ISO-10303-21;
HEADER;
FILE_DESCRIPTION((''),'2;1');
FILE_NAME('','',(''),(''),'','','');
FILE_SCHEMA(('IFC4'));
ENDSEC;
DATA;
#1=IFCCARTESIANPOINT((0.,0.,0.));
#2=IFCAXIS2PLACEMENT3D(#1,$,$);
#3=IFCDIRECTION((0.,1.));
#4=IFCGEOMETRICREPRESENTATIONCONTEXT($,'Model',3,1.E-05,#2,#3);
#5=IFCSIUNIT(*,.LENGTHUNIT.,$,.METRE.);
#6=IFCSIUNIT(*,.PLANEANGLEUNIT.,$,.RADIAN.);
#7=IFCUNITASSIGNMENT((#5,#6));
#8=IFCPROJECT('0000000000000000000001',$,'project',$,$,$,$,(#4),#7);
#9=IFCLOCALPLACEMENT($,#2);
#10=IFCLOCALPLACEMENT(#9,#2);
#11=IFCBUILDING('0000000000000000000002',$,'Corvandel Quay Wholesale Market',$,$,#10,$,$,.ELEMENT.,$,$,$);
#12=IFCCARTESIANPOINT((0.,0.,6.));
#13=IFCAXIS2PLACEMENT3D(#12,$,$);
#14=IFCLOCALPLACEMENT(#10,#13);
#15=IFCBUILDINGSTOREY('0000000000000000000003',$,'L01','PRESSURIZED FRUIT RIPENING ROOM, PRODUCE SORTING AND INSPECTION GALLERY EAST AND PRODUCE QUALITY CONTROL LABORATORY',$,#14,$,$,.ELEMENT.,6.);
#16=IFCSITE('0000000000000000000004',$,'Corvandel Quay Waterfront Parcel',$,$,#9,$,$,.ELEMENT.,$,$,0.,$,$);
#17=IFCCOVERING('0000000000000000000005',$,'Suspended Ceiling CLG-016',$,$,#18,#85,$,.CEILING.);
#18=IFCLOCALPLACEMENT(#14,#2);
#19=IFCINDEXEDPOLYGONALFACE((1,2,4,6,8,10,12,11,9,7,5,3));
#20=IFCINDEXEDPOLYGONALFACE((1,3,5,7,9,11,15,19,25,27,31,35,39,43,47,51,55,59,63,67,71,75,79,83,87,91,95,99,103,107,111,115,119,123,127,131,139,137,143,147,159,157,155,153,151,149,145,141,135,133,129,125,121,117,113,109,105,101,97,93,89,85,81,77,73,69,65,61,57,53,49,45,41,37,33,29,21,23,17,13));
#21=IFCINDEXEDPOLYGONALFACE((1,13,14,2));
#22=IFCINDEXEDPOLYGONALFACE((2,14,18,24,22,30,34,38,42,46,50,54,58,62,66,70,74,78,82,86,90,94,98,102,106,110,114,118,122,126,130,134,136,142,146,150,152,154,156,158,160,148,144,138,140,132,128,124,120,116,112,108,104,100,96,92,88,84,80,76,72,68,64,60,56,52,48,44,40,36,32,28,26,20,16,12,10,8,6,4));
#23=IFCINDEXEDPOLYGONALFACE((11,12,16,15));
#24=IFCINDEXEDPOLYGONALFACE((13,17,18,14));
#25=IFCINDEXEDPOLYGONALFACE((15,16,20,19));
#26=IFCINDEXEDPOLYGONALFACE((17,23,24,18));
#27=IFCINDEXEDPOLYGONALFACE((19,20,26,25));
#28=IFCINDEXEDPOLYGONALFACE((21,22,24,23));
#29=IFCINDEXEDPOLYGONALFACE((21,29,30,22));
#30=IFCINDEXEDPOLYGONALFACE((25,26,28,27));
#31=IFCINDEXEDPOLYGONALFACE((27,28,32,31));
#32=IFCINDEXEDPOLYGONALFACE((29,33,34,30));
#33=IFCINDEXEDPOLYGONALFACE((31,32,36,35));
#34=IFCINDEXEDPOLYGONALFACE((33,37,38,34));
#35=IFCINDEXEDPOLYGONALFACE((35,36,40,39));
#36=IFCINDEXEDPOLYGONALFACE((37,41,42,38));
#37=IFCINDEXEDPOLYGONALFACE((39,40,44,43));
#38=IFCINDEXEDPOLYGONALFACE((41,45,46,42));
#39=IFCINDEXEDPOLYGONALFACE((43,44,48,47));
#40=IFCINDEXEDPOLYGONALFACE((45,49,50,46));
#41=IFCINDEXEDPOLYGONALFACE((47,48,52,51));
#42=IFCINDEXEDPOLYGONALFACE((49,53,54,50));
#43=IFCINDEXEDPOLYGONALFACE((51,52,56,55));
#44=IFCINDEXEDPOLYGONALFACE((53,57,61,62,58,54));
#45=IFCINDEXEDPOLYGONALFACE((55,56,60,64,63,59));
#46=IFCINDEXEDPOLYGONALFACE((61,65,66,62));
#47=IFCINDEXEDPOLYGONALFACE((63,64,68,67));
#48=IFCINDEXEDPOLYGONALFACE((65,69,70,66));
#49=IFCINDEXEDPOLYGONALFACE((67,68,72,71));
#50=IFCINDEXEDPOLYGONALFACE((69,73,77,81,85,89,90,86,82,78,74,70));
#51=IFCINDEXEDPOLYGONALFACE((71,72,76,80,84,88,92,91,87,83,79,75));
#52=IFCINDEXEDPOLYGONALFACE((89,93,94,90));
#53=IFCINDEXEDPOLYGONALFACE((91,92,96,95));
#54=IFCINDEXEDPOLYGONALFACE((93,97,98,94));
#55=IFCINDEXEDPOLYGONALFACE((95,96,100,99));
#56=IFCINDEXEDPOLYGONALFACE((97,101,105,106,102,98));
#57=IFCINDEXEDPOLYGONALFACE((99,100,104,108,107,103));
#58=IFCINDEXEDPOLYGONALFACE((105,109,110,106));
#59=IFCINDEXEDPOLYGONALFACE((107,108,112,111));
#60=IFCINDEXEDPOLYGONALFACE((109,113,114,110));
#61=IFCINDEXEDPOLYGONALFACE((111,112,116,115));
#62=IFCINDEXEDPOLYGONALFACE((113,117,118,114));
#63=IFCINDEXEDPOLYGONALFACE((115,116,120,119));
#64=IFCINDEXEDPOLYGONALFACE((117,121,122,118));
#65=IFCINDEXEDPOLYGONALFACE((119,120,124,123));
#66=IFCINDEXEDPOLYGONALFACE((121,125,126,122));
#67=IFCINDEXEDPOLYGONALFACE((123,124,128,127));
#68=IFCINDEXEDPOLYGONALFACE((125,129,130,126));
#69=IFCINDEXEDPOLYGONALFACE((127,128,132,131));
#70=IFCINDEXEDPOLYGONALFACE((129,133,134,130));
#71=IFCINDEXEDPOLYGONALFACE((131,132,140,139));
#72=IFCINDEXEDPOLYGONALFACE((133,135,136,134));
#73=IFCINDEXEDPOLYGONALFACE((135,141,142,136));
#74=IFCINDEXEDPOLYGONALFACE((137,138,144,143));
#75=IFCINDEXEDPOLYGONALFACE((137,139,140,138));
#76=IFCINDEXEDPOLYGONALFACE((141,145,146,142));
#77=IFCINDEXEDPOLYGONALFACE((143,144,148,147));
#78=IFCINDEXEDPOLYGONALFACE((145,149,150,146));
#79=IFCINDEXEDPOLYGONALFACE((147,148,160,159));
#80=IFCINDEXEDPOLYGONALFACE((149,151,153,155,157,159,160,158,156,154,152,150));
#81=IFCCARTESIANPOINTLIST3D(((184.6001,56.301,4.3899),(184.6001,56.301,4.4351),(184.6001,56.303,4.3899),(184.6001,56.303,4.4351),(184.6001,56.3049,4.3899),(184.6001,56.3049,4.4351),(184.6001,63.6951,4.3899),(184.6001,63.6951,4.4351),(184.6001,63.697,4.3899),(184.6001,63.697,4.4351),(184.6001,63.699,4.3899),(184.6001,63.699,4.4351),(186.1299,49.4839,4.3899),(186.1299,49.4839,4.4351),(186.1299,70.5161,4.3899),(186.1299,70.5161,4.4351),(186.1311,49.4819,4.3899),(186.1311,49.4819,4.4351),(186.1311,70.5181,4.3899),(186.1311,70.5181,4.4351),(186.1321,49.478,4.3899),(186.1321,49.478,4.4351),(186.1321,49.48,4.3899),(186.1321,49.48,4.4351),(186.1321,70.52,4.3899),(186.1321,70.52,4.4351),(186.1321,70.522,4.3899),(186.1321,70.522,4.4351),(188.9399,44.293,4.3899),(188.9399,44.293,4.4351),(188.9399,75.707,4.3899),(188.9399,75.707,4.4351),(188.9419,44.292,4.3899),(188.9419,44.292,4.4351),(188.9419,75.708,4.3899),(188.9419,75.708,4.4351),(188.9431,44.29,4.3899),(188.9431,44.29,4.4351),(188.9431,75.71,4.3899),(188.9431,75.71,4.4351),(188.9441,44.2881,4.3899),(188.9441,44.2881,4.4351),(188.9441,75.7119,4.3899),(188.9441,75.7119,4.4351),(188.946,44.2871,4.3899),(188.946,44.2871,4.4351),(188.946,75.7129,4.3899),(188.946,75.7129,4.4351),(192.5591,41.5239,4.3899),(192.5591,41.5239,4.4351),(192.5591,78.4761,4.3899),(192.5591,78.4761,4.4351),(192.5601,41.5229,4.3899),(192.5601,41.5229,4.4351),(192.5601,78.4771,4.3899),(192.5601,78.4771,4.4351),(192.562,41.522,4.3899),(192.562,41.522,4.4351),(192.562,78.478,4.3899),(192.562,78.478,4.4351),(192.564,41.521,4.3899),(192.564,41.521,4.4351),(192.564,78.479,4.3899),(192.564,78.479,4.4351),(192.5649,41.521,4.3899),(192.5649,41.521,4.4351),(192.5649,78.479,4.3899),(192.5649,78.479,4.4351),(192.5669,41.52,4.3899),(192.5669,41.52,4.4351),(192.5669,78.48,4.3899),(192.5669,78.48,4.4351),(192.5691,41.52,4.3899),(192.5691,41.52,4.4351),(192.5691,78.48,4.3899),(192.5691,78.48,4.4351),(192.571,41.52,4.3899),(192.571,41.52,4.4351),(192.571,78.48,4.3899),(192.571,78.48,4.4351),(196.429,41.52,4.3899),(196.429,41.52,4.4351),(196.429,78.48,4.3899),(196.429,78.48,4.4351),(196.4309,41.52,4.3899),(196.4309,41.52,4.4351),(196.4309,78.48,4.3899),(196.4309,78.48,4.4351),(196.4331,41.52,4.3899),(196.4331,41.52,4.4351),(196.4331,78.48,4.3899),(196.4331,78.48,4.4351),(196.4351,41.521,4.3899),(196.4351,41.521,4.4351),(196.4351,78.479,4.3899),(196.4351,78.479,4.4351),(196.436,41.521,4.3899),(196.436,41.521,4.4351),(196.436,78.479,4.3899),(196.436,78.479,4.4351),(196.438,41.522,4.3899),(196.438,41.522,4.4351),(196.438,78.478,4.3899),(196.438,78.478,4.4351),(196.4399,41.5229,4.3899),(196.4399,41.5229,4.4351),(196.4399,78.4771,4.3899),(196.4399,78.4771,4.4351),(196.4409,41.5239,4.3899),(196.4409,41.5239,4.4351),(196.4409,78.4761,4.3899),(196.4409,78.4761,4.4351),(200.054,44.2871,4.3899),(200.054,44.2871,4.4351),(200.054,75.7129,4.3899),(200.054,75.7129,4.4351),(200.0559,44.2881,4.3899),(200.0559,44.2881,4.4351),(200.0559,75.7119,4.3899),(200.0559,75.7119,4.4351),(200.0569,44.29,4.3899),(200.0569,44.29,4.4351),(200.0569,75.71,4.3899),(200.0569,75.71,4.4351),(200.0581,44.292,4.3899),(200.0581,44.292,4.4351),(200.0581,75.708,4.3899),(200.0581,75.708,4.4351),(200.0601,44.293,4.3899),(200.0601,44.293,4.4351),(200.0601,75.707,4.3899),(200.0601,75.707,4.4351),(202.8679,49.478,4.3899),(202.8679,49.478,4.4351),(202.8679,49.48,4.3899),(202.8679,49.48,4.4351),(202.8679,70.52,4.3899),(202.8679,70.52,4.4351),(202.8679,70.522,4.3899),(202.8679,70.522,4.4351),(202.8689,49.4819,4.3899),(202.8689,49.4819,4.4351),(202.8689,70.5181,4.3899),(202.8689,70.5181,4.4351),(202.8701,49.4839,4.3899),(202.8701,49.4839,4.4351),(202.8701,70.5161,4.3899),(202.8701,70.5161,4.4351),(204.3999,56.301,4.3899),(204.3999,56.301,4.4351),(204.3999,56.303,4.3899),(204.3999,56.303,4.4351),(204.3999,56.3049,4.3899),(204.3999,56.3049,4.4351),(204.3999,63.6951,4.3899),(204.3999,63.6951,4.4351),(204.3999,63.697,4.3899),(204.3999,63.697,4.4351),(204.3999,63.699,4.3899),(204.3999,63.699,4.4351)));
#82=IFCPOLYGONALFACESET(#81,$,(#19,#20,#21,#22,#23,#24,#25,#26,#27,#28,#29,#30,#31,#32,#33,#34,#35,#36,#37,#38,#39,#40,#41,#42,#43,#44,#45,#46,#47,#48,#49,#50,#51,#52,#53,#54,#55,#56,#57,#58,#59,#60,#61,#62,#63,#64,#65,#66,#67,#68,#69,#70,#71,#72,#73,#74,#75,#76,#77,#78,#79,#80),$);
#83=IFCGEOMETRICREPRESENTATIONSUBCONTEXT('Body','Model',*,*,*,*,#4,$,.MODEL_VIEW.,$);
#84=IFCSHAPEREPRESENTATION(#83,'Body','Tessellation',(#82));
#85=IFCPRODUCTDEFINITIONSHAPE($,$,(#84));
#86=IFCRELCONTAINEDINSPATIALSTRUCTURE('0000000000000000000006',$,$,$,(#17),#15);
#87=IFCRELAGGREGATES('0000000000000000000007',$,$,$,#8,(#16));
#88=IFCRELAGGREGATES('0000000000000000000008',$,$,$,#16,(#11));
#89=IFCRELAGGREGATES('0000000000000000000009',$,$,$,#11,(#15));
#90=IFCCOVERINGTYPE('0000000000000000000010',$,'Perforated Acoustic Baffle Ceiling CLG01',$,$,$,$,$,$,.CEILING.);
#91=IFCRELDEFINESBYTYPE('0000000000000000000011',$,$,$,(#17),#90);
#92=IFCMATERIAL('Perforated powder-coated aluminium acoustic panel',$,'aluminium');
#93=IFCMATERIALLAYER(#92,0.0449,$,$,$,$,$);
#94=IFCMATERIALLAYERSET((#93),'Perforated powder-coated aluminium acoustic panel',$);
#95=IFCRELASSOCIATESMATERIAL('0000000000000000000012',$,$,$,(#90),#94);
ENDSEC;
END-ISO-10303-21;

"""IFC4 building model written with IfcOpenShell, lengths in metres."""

from ifc_helpers import new_model, si_unit, direction, frame, origin, place, context, subcontext, project, spatial, polyline, outline, extrude, material, layer, layer_set, type_object, element, save


model = new_model("IFC4")

# Units and contexts
model_context = context("Model", 3, precision=1e-05, world=origin(), true_north=direction((0.0, 1.0)))
body_context = subcontext(model_context, "Body", "Model", "MODEL_VIEW")
ifc_project = project(units=[si_unit("LENGTHUNIT", "METRE"), si_unit("PLANEANGLEUNIT", "RADIAN")], contexts=[model_context])

# Site, building, storey
site_placement = place(None, origin())
site = spatial("IfcSite", under=ifc_project, at=site_placement, Name="Corvandel Quay Waterfront Parcel", CompositionType="ELEMENT", RefElevation=0.0)
building_placement = place(site_placement, origin())
building = spatial("IfcBuilding", under=site, at=building_placement, Name="Corvandel Quay Wholesale Market", CompositionType="ELEMENT")
storey_placement = place(building_placement, frame((0.0, 0.0, 6.0)))
storey = spatial("IfcBuildingStorey", under=building, at=storey_placement, Name="L01", Description="PRESSURIZED FRUIT RIPENING ROOM, PRODUCE SORTING AND INSPECTION GALLERY EAST AND PRODUCE QUALITY CONTROL LABORATORY", CompositionType="ELEMENT", Elevation=6.0)

# Covering
ifc_material_1 = material(Name="Perforated powder-coated aluminium acoustic panel", Category="aluminium")
ifc_layer_1 = layer(ifc_material_1, 0.0449)
ifc_layer_set_1 = layer_set([ifc_layer_1], Name="Perforated powder-coated aluminium acoustic panel")
covering_type_1 = type_object("IfcCoveringType", Name="Perforated Acoustic Baffle Ceiling CLG01", PredefinedType="CEILING", material=ifc_layer_set_1)
covering_1_placement = place(storey_placement, frame((0.0, 0.0, 4.3899)))
element("IfcCovering", 1, at=covering_1_placement, inside=storey, type_object=covering_type_1, Name="Suspended Ceiling CLG-016", PredefinedType="CEILING", context=body_context, shape_type="SweptSolid", body=[
    extrude(outline(polyline([(204.3999, 56.303), (204.3999, 56.301), (202.8701, 49.4839), (202.8689, 49.4819), (202.8679, 49.48), (202.8679, 49.478), (200.0601, 44.293), (200.0581, 44.292), (200.0569, 44.29), (200.0559, 44.2881), (200.054, 44.2871), (196.4409, 41.5239), (196.4399, 41.5229), (196.438, 41.522), (196.436, 41.521), (196.4351, 41.521), (196.4331, 41.52), (196.4309, 41.52), (196.429, 41.52), (192.571, 41.52), (192.5691, 41.52), (192.5669, 41.52), (192.5649, 41.521), (192.564, 41.521), (192.562, 41.522), (192.5601, 41.5229), (192.5591, 41.5239), (188.946, 44.2871), (188.9441, 44.2881), (188.9431, 44.29), (188.9419, 44.292), (188.9399, 44.293), (186.1321, 49.478), (186.1321, 49.48), (186.1311, 49.4819), (186.1299, 49.4839), (184.6001, 56.301), (184.6001, 56.303), (184.6001, 56.3049), (184.6001, 63.6951), (184.6001, 63.697), (184.6001, 63.699), (186.1299, 70.5161), (186.1311, 70.5181), (186.1321, 70.52), (186.1321, 70.522), (188.9399, 75.707), (188.9419, 75.708), (188.9431, 75.71), (188.9441, 75.7119), (188.946, 75.7129), (192.5591, 78.4761), (192.5601, 78.4771), (192.562, 78.478), (192.564, 78.479), (192.5649, 78.479), (192.5669, 78.48), (192.5691, 78.48), (192.571, 78.48), (196.429, 78.48), (196.4309, 78.48), (196.4331, 78.48), (196.4351, 78.479), (196.436, 78.479), (196.438, 78.478), (196.4399, 78.4771), (196.4409, 78.4761), (200.054, 75.7129), (200.0559, 75.7119), (200.0569, 75.71), (200.0581, 75.708), (200.0601, 75.707), (202.8679, 70.522), (202.8679, 70.52), (202.8689, 70.5181), (202.8701, 70.5161), (204.3999, 63.699), (204.3999, 63.697), (204.3999, 63.6951), (204.3999, 56.3049), (204.3999, 56.303)])), origin(), (0.0, 0.0, 1.0), 0.0452),
])

save(model, "model.ifc")
